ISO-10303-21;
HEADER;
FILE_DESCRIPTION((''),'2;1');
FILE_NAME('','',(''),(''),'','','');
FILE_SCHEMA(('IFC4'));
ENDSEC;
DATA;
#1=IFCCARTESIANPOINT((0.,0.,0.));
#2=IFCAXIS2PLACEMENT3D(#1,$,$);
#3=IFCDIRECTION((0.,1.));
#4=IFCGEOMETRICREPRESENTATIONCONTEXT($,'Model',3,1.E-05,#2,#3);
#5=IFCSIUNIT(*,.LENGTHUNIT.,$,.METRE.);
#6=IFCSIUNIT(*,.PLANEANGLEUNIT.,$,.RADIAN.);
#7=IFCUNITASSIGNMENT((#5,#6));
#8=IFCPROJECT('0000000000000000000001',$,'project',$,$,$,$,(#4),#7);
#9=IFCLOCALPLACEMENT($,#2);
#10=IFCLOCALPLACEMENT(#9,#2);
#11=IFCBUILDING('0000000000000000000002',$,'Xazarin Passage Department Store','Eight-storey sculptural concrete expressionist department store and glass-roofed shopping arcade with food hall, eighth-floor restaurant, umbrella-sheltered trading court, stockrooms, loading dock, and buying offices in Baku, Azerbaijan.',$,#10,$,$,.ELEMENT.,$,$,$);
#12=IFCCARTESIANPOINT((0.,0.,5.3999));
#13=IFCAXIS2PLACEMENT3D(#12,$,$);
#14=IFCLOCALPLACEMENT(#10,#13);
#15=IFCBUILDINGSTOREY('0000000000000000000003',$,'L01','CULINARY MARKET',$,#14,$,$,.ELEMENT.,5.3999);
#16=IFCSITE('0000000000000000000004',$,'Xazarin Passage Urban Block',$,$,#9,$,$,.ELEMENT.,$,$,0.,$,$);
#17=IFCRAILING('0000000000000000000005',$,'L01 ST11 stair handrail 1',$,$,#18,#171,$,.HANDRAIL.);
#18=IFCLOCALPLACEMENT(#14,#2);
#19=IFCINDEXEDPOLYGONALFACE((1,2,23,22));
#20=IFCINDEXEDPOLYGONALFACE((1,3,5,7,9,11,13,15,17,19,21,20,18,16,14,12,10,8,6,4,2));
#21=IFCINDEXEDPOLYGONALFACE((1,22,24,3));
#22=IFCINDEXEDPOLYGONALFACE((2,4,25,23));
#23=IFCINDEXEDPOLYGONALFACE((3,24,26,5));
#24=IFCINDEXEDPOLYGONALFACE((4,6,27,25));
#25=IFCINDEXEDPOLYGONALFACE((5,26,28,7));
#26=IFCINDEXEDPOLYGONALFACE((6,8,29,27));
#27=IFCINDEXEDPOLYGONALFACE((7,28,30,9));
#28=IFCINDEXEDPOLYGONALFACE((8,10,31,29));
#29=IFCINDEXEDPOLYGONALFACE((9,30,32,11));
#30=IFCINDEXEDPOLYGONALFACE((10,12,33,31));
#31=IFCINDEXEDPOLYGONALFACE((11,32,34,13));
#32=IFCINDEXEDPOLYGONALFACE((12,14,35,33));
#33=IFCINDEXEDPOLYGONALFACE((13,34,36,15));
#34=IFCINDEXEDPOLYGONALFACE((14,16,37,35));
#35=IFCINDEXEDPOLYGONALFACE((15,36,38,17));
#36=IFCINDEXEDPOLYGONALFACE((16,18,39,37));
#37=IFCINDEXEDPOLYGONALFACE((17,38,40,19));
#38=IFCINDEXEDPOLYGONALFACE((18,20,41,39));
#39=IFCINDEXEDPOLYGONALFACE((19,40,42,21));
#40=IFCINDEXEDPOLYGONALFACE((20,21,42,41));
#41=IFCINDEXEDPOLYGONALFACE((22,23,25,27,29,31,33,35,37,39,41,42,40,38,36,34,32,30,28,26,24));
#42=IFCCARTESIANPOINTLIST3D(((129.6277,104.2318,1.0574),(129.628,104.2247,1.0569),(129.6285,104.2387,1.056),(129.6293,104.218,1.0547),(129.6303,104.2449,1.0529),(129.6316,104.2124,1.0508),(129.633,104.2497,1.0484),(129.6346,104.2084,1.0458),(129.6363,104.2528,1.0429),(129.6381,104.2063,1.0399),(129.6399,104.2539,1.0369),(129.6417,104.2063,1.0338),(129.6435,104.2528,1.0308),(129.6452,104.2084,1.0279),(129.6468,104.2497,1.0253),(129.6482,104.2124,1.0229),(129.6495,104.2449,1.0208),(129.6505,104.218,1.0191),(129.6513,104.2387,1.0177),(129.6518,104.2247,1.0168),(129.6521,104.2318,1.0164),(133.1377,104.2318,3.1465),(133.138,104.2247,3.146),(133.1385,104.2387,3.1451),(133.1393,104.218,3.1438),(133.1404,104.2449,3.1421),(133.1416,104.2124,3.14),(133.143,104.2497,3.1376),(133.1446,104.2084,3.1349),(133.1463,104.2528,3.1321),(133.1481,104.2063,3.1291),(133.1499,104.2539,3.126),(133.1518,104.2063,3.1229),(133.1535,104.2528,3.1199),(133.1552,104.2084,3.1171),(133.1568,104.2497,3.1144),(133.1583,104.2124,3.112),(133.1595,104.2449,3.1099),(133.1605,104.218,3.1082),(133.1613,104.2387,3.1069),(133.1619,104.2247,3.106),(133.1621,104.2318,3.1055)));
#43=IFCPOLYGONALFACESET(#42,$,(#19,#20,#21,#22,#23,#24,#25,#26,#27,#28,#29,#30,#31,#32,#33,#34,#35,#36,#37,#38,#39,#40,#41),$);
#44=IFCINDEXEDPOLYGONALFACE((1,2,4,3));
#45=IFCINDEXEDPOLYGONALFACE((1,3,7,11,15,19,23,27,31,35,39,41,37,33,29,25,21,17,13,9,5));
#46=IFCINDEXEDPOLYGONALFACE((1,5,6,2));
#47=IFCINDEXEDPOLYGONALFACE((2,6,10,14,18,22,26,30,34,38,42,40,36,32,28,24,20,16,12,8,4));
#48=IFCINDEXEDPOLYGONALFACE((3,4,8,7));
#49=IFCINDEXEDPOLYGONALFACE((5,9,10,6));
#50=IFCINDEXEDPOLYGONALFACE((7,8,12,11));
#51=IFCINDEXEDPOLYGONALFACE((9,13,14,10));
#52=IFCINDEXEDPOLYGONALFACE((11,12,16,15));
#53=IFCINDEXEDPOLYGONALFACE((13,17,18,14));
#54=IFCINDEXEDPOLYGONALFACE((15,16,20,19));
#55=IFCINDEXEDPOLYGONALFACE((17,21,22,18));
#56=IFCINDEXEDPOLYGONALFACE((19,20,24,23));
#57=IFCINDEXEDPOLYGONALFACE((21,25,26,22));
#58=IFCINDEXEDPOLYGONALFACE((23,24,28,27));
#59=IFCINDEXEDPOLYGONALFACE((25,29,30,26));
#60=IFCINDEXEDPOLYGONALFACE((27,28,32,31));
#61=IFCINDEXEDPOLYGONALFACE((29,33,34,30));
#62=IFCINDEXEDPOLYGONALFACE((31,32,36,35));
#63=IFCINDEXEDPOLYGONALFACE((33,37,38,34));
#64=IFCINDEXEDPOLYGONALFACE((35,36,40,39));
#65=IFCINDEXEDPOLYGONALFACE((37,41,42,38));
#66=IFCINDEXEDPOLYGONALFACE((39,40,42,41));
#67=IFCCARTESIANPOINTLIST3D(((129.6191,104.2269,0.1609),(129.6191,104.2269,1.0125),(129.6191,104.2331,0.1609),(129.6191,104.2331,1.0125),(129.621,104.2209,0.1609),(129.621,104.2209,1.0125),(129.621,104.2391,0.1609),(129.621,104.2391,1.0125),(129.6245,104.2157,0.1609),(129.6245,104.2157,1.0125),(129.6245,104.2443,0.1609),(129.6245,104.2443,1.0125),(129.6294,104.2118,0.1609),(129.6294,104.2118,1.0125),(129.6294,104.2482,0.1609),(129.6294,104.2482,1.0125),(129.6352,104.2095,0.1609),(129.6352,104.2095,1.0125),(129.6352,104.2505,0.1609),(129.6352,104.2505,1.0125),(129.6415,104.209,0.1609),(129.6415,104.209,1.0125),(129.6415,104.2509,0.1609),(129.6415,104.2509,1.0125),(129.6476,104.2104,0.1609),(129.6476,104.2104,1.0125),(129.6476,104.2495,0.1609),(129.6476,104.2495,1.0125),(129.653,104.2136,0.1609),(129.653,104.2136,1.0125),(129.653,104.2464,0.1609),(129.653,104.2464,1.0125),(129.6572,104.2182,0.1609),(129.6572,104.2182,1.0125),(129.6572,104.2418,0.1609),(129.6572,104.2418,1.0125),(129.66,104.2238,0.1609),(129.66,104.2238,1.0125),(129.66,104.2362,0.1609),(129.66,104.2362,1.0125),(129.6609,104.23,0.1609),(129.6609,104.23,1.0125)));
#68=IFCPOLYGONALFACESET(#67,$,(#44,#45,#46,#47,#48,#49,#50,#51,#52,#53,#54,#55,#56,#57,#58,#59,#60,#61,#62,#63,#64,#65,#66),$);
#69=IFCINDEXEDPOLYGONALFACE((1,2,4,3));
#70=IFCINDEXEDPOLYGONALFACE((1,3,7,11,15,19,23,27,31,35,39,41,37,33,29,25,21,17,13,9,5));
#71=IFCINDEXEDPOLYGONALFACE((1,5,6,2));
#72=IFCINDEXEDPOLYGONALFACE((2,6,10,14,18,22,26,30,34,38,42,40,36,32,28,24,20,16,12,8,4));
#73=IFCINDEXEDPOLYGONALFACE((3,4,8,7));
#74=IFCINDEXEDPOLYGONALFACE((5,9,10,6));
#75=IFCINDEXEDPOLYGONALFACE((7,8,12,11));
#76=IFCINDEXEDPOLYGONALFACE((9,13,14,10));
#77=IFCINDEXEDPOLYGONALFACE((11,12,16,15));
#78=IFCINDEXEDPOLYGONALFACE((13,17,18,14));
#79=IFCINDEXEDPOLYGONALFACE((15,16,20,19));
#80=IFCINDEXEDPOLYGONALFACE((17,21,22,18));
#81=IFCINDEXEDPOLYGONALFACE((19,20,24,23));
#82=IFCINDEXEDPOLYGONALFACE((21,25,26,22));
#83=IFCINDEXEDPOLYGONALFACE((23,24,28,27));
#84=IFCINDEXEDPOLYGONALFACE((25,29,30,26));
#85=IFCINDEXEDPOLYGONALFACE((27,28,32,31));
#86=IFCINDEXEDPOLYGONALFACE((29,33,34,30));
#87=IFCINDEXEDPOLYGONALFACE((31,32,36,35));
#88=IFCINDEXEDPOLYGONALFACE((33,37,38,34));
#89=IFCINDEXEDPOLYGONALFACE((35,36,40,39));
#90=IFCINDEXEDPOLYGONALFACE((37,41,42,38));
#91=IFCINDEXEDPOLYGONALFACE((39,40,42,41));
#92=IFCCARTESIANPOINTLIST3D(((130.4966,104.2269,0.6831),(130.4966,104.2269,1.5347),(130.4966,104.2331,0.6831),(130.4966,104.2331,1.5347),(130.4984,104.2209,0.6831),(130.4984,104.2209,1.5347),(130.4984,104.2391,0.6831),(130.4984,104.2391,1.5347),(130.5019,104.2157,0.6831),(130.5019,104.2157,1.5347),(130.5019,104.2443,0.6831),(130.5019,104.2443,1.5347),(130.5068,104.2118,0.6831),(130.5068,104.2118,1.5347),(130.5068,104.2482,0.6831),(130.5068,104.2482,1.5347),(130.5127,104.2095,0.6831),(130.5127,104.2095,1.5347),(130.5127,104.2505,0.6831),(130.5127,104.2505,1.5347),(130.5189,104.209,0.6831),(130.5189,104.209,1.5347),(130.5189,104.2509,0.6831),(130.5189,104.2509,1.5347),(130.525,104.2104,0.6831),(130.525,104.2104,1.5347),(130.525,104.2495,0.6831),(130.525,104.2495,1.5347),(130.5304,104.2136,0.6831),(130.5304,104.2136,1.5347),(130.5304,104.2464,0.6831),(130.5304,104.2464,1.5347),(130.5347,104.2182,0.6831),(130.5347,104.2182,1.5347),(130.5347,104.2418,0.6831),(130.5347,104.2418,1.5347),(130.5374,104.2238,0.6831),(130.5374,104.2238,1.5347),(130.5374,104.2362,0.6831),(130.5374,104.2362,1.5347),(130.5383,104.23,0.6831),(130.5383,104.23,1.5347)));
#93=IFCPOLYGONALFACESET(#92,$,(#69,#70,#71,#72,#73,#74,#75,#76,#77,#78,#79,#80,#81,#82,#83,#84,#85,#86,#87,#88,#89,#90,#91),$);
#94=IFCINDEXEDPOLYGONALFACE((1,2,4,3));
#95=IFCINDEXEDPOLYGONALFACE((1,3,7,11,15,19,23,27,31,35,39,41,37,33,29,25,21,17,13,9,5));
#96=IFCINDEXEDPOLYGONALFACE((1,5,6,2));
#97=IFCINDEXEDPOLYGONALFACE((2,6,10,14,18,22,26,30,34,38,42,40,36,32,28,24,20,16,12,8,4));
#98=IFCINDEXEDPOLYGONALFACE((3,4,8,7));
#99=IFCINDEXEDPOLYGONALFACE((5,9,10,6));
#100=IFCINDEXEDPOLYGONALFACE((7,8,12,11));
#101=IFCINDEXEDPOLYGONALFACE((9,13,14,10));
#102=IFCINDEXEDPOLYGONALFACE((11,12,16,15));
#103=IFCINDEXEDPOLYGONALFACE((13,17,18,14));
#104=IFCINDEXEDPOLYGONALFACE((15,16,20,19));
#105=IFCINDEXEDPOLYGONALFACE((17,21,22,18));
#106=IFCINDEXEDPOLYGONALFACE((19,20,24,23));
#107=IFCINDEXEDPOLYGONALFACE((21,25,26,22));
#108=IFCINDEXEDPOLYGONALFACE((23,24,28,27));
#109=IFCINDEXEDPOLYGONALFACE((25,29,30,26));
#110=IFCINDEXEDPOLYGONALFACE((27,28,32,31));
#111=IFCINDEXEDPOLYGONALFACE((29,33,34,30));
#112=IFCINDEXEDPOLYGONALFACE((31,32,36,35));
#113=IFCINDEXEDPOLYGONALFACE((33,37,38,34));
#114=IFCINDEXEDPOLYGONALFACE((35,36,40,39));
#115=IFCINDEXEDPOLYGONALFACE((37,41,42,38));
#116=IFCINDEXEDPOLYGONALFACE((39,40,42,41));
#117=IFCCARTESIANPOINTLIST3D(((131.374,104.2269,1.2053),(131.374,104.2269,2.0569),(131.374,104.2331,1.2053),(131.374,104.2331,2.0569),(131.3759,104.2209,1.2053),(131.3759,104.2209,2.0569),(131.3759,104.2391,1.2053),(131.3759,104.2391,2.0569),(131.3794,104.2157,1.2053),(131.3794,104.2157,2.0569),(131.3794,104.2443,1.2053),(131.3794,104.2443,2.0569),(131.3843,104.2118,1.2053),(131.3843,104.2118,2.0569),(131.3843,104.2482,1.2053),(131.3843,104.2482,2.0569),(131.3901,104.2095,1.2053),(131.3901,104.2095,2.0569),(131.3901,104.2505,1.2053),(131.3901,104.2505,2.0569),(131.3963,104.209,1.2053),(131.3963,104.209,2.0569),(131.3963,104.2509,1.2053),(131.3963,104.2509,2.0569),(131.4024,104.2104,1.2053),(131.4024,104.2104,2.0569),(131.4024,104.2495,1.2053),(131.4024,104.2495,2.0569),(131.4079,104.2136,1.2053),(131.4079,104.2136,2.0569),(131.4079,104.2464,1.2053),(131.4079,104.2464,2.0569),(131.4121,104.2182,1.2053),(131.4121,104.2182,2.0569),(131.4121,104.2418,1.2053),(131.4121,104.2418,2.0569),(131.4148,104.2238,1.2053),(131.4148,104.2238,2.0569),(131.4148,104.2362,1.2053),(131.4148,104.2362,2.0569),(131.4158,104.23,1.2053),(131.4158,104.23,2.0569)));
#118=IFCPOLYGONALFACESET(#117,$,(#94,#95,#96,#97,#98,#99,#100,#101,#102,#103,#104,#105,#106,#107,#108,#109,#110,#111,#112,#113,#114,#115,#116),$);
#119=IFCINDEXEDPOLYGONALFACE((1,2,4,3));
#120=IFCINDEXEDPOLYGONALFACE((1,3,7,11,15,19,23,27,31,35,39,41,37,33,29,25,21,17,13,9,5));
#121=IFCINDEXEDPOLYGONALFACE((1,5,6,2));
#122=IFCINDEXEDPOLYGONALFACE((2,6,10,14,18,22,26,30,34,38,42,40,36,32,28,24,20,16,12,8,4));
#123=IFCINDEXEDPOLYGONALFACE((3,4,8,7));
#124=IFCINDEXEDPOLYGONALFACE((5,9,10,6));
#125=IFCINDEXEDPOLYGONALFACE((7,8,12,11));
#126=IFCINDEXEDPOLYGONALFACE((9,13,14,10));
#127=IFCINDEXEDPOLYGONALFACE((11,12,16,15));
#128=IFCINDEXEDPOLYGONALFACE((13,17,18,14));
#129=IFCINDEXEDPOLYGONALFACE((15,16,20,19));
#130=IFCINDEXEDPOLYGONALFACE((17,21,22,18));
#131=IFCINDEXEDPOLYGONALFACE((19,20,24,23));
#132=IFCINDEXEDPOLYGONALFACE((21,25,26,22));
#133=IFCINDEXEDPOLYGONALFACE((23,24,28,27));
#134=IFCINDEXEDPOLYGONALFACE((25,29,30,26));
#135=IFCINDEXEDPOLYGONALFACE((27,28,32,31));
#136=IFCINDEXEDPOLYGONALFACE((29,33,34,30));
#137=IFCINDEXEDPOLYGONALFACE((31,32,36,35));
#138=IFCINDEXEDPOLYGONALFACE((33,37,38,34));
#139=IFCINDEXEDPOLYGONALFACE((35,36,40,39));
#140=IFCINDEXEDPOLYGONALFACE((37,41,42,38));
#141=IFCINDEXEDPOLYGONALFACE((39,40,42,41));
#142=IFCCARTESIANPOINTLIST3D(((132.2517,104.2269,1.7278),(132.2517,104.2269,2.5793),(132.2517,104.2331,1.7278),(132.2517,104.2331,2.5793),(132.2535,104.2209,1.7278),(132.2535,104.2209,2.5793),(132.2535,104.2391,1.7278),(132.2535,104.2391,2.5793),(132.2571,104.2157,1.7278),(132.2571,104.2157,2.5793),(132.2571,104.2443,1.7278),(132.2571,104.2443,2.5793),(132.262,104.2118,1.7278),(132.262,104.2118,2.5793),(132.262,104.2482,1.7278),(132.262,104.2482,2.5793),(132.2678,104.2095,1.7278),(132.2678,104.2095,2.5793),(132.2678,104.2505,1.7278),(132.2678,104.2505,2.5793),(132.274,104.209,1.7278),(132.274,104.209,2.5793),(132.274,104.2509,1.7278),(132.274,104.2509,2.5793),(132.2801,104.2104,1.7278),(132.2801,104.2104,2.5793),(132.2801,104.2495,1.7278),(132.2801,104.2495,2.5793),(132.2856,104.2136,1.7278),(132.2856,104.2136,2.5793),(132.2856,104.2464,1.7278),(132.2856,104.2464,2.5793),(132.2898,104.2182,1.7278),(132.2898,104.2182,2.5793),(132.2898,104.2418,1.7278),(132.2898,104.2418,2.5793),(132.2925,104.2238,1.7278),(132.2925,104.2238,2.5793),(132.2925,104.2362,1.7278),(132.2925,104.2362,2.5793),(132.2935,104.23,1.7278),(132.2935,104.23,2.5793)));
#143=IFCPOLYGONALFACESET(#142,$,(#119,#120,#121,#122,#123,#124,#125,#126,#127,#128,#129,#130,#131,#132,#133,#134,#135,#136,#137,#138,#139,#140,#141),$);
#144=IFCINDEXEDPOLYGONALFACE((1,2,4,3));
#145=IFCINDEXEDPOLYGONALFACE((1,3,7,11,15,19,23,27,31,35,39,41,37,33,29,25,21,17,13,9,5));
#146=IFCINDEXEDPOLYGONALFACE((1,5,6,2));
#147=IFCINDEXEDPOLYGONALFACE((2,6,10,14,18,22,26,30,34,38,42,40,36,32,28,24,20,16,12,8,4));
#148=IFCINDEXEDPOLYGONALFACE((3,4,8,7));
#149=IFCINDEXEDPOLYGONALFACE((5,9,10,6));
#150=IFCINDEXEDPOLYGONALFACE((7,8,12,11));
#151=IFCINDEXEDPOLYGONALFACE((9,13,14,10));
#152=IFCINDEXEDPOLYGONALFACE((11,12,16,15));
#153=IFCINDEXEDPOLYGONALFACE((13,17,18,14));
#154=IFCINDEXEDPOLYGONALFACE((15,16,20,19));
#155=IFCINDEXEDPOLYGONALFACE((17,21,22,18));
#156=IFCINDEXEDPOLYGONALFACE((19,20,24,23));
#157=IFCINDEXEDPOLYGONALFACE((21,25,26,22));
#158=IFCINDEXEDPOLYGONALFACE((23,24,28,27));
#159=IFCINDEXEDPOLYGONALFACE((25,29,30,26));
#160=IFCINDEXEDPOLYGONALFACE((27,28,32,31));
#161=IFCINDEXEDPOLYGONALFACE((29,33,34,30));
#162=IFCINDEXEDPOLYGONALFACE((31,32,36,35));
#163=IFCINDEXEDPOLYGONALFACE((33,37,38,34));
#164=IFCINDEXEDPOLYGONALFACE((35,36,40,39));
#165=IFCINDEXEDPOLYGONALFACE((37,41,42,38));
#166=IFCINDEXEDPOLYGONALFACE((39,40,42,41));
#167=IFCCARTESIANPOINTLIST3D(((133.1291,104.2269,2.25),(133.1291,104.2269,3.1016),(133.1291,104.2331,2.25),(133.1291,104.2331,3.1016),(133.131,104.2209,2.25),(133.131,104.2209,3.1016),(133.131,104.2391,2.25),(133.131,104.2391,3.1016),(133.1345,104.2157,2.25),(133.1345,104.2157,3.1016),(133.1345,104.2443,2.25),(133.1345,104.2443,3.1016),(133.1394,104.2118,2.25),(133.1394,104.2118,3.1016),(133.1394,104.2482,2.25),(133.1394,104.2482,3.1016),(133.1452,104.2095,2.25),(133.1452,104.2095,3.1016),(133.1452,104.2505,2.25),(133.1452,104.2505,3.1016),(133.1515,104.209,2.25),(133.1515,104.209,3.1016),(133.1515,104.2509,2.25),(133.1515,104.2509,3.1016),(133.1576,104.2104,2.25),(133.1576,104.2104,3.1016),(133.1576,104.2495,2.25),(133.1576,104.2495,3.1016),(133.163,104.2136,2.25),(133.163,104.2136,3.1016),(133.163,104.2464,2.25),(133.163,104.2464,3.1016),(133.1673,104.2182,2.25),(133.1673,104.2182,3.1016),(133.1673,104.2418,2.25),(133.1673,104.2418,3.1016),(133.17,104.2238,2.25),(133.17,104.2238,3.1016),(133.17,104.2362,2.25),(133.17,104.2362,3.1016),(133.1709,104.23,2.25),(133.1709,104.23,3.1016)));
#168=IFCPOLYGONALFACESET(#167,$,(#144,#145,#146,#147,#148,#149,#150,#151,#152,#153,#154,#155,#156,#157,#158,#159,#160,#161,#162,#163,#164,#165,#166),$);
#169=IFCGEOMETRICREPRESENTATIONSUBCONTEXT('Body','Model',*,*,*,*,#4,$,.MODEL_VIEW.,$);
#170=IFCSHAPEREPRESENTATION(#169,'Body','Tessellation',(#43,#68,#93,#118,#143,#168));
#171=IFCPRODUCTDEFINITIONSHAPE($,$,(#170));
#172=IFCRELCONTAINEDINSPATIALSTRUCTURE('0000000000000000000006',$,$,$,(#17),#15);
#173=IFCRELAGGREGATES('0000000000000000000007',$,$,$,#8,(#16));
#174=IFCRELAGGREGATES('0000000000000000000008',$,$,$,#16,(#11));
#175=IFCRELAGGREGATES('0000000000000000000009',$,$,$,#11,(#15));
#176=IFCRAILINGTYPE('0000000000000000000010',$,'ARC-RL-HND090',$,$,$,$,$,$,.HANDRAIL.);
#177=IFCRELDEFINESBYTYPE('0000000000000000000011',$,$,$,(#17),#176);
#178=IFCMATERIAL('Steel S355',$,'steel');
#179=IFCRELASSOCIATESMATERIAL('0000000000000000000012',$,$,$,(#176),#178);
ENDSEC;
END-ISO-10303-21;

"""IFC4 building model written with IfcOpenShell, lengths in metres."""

from ifc_helpers import new_model, si_unit, direction, frame, origin, origin_2d, place, context, subcontext, project, spatial, circle, extrude, material, type_object, element, save


model = new_model("IFC4")

# Units and contexts
model_context = context("Model", 3, precision=1e-05, world=origin(), true_north=direction((0.0, 1.0)))
body_context = subcontext(model_context, "Body", "Model", "MODEL_VIEW")
ifc_project = project(units=[si_unit("LENGTHUNIT", "METRE"), si_unit("PLANEANGLEUNIT", "RADIAN")], contexts=[model_context])

# Site, building, storey
site_placement = place(None, origin())
site = spatial("IfcSite", under=ifc_project, at=site_placement, Name="Xazarin Passage Urban Block", CompositionType="ELEMENT", RefElevation=0.0)
building_placement = place(site_placement, origin())
building = spatial("IfcBuilding", under=site, at=building_placement, Name="Xazarin Passage Department Store", Description="Eight-storey sculptural concrete expressionist department store and glass-roofed shopping arcade with food hall, eighth-floor restaurant, umbrella-sheltered trading court, stockrooms, loading dock, and buying offices in Baku, Azerbaijan.", CompositionType="ELEMENT")
storey_placement = place(building_placement, frame((0.0, 0.0, 5.3999)))
storey = spatial("IfcBuildingStorey", under=building, at=storey_placement, Name="L01", Description="CULINARY MARKET", CompositionType="ELEMENT", Elevation=5.3999)

# Shared definitions
ifc_material_1 = material(Name="Steel S355", Category="steel")

# Railing
railing_type_1 = type_object("IfcRailingType", Name="ARC-RL-HND090", PredefinedType="HANDRAIL", material=ifc_material_1)
railing_1_placement = place(storey_placement, frame((129.6399, 104.23, 0.1609)))
element("IfcRailing", 1, at=railing_1_placement, inside=storey, type_object=railing_type_1, Name="L01 ST11 stair handrail 1", PredefinedType="HANDRAIL", context=body_context, shape_type="SweptSolid", body=[
    extrude(circle(Radius=0.0239, at=origin_2d()), frame((0.0, 0.0, 0.876), z_axis=(0.859312, 0.0, 0.511451), x_axis=(0.0, 1.0, 0.0)), (0.0, 0.0, 1.0), 4.0847),
    extrude(circle(Radius=0.021, at=origin_2d()), origin(), (0.0, 0.0, 1.0), 0.8516),
    extrude(circle(Radius=0.021, at=origin_2d()), frame((0.8774, 0.0, 0.5222)), (0.0, 0.0, 1.0), 0.8516),
    extrude(circle(Radius=0.021, at=origin_2d()), frame((1.7549, 0.0, 1.0444)), (0.0, 0.0, 1.0), 0.8516),
    extrude(circle(Radius=0.021, at=origin_2d()), frame((2.6326, 0.0, 1.5669)), (0.0, 0.0, 1.0), 0.8516),
    extrude(circle(Radius=0.021, at=origin_2d()), frame((3.51, 0.0, 2.0891)), (0.0, 0.0, 1.0), 0.8516),
])

save(model, "model.ifc")
